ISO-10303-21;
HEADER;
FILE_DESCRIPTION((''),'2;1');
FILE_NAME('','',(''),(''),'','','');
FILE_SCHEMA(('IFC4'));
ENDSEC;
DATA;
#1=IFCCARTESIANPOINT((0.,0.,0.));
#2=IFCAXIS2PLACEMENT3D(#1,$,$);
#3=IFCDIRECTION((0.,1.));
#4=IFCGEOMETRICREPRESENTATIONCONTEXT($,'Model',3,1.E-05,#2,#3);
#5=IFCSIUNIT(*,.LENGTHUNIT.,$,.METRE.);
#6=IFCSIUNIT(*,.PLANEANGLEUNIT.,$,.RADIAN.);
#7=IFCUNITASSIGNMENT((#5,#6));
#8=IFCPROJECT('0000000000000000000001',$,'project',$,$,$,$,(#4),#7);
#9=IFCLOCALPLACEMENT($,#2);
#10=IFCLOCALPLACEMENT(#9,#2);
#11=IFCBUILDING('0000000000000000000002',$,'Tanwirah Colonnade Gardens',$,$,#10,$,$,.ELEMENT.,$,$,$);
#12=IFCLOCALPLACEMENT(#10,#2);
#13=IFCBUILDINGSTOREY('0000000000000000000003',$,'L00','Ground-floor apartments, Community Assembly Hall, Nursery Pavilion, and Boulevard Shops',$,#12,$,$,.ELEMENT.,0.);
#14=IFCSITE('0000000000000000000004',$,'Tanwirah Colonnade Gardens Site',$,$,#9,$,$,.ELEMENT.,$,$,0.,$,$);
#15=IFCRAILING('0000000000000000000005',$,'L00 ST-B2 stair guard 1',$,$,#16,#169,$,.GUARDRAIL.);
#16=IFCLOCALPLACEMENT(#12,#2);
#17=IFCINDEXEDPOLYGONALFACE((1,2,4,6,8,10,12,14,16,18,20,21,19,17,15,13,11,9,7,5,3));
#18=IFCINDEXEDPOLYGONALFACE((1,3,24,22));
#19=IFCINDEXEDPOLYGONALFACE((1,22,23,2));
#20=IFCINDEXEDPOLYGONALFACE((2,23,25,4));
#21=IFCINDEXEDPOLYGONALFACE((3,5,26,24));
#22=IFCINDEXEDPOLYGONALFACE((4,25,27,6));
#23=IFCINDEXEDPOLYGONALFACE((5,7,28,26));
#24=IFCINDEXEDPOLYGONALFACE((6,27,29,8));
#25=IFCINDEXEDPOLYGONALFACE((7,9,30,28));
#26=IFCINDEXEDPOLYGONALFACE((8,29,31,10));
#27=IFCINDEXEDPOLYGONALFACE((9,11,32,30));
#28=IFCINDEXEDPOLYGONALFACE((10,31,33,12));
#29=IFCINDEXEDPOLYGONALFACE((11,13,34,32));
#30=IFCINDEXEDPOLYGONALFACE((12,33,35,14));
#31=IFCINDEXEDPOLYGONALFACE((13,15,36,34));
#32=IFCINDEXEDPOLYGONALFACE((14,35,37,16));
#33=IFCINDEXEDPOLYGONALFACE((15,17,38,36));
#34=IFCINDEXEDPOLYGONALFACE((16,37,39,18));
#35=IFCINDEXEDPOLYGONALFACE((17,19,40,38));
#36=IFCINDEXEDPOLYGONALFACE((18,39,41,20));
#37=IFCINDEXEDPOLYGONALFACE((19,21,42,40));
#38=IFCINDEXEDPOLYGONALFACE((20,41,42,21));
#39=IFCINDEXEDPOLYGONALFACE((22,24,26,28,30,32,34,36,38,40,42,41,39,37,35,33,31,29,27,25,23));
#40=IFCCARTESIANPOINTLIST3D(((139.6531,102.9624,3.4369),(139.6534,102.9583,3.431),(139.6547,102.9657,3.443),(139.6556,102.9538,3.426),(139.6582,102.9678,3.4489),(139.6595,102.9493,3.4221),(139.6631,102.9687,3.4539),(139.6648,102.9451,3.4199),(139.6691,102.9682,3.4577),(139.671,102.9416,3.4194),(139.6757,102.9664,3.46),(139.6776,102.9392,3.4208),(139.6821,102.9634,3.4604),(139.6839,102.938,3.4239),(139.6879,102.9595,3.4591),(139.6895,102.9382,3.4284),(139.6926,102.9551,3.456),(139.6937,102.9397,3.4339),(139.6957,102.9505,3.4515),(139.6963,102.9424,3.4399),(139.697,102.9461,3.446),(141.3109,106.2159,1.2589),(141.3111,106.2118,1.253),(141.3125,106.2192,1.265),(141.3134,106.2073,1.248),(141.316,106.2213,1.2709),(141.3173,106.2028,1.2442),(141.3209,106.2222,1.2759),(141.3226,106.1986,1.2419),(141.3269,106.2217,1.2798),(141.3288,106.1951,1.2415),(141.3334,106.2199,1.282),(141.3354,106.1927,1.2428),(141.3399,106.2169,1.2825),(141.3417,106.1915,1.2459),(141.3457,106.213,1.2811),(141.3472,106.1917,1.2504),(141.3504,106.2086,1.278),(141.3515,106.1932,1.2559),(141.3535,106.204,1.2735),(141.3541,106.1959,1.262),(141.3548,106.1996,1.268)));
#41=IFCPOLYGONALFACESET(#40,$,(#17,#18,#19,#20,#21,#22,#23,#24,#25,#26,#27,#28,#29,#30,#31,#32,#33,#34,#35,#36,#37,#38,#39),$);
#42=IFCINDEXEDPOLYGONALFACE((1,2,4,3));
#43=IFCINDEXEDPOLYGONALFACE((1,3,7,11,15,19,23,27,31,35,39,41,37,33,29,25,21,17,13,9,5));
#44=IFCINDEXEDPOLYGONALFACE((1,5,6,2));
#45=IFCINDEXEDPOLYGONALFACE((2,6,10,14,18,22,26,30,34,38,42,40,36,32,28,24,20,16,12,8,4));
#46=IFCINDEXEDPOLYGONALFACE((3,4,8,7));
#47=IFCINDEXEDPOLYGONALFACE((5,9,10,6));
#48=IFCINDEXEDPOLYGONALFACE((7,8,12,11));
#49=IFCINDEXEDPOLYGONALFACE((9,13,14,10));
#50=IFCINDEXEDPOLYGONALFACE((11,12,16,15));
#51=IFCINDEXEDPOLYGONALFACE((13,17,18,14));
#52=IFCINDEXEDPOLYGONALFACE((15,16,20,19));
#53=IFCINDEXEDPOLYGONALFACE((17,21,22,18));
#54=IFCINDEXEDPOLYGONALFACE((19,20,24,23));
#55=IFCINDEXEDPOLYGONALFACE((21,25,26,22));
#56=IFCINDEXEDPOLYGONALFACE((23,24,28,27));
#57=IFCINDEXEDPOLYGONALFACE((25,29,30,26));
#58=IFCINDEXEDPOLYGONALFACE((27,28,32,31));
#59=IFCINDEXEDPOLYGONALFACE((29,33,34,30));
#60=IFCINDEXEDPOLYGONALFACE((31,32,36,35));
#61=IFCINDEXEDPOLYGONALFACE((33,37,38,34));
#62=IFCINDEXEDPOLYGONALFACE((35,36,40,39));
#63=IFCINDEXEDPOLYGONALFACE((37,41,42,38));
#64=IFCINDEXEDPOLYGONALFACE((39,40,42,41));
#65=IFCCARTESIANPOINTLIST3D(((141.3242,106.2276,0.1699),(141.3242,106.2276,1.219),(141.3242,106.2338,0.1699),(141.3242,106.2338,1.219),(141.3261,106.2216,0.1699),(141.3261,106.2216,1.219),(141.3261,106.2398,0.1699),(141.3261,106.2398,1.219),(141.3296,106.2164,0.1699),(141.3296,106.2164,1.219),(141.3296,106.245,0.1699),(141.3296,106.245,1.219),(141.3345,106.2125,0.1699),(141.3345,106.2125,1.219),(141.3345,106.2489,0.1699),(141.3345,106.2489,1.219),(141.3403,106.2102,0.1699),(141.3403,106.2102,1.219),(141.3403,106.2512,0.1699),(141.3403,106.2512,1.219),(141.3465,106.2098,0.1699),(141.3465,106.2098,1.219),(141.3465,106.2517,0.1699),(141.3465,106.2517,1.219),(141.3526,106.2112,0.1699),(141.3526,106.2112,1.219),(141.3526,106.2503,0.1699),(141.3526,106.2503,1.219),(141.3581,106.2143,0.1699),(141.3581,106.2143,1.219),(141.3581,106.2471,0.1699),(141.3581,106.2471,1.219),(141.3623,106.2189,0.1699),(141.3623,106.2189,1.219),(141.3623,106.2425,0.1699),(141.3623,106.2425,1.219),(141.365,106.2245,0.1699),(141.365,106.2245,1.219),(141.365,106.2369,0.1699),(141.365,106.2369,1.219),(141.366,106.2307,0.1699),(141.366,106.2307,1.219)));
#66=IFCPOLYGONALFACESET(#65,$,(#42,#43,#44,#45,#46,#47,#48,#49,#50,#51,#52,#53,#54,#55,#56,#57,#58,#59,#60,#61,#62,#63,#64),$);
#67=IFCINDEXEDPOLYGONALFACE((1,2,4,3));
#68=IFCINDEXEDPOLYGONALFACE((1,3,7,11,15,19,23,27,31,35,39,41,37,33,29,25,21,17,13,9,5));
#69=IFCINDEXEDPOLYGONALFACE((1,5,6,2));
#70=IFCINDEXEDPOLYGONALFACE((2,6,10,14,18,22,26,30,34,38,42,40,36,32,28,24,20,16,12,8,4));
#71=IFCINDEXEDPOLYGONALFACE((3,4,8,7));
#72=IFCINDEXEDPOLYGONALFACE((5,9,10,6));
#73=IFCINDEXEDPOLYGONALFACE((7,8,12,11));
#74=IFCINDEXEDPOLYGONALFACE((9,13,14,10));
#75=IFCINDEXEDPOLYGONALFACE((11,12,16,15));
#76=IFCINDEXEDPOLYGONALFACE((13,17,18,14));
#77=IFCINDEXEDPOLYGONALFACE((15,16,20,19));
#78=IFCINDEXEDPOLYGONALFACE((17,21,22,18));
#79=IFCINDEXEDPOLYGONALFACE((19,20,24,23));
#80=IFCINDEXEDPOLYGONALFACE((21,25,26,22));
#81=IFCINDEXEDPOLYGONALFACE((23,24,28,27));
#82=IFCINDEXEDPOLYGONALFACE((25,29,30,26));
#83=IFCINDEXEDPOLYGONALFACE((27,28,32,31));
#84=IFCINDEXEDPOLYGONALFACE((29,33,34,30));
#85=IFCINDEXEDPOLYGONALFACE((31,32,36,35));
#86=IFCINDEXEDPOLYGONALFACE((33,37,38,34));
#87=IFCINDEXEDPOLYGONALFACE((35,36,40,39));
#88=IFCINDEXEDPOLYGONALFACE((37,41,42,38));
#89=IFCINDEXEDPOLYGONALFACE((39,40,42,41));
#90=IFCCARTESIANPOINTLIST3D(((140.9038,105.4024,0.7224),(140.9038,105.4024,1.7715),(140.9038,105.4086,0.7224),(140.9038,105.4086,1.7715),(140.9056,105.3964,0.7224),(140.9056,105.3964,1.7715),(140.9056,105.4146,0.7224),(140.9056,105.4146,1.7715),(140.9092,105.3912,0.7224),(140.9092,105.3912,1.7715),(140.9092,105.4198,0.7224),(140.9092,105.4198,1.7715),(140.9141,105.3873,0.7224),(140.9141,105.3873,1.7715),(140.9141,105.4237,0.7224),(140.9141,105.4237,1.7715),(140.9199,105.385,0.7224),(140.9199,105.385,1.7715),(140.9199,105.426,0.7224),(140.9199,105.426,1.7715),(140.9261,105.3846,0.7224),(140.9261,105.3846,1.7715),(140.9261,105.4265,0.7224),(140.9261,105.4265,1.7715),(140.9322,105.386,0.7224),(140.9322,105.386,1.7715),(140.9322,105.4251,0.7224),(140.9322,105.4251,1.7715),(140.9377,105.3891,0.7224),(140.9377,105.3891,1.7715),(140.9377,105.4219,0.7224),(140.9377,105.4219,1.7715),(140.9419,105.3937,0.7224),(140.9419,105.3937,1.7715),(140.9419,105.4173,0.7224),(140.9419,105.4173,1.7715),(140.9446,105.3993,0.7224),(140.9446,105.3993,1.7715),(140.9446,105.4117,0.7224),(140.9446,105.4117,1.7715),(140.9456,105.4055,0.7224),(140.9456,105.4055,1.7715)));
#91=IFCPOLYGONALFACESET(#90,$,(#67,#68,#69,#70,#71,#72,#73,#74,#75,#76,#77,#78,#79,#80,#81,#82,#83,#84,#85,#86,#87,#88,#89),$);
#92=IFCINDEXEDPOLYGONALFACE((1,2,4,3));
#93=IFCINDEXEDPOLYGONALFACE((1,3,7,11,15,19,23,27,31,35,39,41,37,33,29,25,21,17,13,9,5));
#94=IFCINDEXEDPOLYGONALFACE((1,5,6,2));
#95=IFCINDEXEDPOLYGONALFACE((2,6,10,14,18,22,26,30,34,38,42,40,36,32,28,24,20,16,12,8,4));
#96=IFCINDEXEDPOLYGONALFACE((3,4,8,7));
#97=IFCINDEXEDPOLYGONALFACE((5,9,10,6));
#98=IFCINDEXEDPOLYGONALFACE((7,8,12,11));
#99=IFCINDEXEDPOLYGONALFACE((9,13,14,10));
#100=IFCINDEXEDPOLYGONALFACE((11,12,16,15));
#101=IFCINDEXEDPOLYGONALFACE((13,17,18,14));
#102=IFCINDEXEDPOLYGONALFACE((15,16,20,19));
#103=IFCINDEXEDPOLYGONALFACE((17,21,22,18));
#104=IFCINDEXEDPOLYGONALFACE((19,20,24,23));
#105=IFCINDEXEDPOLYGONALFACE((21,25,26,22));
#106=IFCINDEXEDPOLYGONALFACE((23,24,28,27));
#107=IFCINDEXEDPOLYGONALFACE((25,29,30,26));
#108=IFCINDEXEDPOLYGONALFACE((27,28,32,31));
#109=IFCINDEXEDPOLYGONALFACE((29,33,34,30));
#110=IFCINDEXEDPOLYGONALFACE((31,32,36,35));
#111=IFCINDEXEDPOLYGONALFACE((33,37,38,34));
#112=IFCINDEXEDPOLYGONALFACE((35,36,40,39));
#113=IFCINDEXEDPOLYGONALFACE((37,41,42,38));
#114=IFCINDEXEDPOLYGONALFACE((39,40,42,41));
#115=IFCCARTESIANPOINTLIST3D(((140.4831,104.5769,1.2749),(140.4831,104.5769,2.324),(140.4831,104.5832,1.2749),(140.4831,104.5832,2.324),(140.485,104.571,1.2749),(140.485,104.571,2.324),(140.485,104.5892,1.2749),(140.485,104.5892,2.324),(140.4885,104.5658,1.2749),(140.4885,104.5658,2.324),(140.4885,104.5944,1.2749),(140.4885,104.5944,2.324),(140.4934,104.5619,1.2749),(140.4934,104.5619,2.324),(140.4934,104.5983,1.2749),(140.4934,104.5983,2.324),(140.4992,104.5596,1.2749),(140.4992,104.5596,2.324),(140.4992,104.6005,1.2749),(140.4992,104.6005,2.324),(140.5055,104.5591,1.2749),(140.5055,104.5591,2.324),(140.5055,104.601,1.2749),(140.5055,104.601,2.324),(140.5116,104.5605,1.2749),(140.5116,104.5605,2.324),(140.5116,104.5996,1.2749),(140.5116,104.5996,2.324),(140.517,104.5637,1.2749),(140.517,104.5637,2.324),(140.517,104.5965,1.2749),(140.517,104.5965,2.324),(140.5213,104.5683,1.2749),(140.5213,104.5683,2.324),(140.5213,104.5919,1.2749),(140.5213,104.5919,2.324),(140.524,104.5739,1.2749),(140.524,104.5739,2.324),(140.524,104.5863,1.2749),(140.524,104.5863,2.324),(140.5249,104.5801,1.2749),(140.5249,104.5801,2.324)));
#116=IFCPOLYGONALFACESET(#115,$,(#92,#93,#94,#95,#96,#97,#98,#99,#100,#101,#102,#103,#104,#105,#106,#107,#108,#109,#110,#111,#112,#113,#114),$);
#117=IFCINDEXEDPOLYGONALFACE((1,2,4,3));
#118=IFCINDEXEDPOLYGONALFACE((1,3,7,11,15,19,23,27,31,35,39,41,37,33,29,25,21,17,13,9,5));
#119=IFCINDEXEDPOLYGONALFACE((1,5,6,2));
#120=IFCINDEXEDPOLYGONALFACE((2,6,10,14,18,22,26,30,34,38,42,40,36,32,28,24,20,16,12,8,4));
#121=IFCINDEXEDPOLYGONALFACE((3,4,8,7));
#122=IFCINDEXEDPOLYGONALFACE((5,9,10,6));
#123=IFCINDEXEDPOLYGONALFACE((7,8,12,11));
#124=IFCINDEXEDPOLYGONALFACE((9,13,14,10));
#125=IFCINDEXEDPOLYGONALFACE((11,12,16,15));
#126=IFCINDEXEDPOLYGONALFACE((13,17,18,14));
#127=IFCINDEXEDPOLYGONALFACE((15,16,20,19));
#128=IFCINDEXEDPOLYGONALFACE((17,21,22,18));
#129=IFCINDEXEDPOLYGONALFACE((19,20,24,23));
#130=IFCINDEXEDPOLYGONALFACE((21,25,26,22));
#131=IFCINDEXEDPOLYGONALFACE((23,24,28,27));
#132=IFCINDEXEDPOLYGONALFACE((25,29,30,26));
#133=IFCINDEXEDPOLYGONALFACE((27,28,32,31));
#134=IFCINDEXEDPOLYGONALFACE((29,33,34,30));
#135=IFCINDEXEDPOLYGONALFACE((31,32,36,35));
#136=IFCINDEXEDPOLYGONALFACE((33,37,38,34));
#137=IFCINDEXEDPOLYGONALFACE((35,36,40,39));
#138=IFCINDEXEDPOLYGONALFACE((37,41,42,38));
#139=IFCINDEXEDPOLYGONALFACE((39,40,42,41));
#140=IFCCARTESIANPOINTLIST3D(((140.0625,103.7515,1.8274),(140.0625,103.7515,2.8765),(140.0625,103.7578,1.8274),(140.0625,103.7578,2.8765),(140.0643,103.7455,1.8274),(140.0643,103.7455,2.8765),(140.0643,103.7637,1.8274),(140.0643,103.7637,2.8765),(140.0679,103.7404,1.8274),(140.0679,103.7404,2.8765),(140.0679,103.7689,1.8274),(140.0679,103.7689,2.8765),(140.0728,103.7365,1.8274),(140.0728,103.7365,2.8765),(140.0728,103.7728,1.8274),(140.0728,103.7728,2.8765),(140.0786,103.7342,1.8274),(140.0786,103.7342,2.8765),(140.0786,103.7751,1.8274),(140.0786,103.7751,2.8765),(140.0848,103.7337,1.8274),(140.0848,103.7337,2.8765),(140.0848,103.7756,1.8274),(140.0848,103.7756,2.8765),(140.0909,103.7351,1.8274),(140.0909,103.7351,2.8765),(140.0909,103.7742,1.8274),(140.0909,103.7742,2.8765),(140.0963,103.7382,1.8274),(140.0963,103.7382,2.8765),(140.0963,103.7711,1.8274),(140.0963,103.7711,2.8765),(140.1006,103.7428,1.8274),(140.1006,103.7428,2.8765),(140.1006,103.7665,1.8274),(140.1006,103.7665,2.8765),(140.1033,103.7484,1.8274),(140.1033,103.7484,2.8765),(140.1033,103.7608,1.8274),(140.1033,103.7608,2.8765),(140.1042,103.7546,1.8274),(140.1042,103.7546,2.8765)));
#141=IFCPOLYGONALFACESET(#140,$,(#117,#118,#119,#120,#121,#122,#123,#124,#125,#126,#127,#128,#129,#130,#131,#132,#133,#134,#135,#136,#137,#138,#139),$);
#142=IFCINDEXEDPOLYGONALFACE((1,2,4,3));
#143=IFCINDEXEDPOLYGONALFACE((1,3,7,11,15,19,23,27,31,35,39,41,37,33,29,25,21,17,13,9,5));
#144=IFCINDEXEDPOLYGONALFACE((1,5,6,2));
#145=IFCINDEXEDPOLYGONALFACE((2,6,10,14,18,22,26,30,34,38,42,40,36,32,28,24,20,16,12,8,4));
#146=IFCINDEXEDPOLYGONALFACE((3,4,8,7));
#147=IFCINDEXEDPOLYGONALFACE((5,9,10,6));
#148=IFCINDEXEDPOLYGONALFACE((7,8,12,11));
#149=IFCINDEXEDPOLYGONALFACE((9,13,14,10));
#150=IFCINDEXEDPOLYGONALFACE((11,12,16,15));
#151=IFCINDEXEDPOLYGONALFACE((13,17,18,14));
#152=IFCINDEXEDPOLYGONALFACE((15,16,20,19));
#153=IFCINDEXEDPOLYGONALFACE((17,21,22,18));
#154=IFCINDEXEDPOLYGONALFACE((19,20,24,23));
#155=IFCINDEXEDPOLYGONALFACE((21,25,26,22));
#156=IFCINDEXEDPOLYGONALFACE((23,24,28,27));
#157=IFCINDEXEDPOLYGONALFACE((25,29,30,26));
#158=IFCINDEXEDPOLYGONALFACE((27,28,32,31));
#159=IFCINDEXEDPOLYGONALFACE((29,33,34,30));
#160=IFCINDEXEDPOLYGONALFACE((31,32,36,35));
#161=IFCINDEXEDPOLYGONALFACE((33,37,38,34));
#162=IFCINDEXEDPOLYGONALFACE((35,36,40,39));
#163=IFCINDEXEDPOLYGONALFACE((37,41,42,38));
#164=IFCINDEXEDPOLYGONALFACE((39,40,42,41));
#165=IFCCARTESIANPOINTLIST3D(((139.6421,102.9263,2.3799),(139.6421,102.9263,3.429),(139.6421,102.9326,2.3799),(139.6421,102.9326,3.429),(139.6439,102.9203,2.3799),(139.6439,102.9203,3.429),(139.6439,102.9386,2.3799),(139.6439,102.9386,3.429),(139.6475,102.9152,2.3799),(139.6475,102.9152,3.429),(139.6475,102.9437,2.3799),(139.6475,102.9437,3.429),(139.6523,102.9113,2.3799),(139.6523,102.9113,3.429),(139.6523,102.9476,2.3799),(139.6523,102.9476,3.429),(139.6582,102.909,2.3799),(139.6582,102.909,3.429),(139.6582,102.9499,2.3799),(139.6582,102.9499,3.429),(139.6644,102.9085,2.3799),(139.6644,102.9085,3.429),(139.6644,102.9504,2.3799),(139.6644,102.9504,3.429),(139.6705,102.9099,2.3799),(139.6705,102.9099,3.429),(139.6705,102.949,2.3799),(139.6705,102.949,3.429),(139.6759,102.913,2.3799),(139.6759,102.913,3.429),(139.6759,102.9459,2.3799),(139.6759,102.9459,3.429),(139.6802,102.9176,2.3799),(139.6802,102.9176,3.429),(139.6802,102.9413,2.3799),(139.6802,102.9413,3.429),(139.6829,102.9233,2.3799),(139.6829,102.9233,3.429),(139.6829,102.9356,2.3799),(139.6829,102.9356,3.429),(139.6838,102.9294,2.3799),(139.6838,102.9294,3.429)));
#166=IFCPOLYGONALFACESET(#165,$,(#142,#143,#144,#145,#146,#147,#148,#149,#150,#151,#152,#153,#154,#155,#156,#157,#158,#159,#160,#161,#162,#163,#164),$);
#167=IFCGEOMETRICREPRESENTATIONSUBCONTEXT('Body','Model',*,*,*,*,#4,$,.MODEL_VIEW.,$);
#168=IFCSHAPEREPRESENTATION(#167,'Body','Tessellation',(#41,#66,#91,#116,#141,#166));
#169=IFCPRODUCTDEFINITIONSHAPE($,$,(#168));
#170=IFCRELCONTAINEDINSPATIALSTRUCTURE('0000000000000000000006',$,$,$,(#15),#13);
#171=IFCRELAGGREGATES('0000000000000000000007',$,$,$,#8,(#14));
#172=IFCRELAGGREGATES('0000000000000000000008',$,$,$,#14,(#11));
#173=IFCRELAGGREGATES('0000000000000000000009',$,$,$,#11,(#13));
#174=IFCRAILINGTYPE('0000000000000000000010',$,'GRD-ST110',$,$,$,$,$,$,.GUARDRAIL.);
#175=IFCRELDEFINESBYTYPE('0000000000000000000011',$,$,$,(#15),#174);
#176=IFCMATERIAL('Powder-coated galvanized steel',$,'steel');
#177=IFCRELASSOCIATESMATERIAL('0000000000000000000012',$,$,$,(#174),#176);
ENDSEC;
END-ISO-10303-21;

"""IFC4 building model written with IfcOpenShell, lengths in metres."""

from ifc_helpers import new_model, si_unit, direction, frame, origin, origin_2d, place, context, subcontext, project, spatial, circle, extrude, material, type_object, element, save


model = new_model("IFC4")

# Units and contexts
model_context = context("Model", 3, precision=1e-05, world=origin(), true_north=direction((0.0, 1.0)))
body_context = subcontext(model_context, "Body", "Model", "MODEL_VIEW")
ifc_project = project(units=[si_unit("LENGTHUNIT", "METRE"), si_unit("PLANEANGLEUNIT", "RADIAN")], contexts=[model_context])

# Site, building, storey
site_placement = place(None, origin())
site = spatial("IfcSite", under=ifc_project, at=site_placement, Name="Tanwirah Colonnade Gardens Site", CompositionType="ELEMENT", RefElevation=0.0)
building_placement = place(site_placement, origin())
building = spatial("IfcBuilding", under=site, at=building_placement, Name="Tanwirah Colonnade Gardens", CompositionType="ELEMENT")
storey_placement = place(building_placement, origin())
storey = spatial("IfcBuildingStorey", under=building, at=storey_placement, Name="L00", Description="Ground-floor apartments, Community Assembly Hall, Nursery Pavilion, and Boulevard Shops", CompositionType="ELEMENT", Elevation=0.0)

# Railing
ifc_material_1 = material(Name="Powder-coated galvanized steel", Category="steel")
railing_type_1 = type_object("IfcRailingType", Name="GRD-ST110", PredefinedType="GUARDRAIL", material=ifc_material_1)
railing_1_placement = place(storey_placement, frame((141.345, 106.2307, 0.1699)))
element("IfcRailing", 1, at=railing_1_placement, inside=storey, type_object=railing_type_1, Name="L00 ST-B2 stair guard 1", PredefinedType="GUARDRAIL", context=body_context, shape_type="SweptSolid", body=[
    extrude(circle(Radius=0.0239, at=origin_2d()), frame((-0.0122, -0.0239, 1.092), z_axis=(-0.38991, -0.76522, 0.512259), x_axis=(0.891001, -0.454001, 0.0)), (0.0, 0.0, 1.0), 4.2517),
    extrude(circle(Radius=0.021, at=origin_2d()), origin(), (0.0, 0.0, 1.0), 1.0491),
    extrude(circle(Radius=0.021, at=origin_2d()), frame((-0.4204, -0.8252, 0.5525)), (0.0, 0.0, 1.0), 1.0491),
    extrude(circle(Radius=0.021, at=origin_2d()), frame((-0.8411, -1.6506, 1.105)), (0.0, 0.0, 1.0), 1.0491),
    extrude(circle(Radius=0.021, at=origin_2d()), frame((-1.2617, -2.4761, 1.6575)), (0.0, 0.0, 1.0), 1.0491),
    extrude(circle(Radius=0.021, at=origin_2d()), frame((-1.6821, -3.3013, 2.21)), (0.0, 0.0, 1.0), 1.0491),
])

save(model, "model.ifc")
